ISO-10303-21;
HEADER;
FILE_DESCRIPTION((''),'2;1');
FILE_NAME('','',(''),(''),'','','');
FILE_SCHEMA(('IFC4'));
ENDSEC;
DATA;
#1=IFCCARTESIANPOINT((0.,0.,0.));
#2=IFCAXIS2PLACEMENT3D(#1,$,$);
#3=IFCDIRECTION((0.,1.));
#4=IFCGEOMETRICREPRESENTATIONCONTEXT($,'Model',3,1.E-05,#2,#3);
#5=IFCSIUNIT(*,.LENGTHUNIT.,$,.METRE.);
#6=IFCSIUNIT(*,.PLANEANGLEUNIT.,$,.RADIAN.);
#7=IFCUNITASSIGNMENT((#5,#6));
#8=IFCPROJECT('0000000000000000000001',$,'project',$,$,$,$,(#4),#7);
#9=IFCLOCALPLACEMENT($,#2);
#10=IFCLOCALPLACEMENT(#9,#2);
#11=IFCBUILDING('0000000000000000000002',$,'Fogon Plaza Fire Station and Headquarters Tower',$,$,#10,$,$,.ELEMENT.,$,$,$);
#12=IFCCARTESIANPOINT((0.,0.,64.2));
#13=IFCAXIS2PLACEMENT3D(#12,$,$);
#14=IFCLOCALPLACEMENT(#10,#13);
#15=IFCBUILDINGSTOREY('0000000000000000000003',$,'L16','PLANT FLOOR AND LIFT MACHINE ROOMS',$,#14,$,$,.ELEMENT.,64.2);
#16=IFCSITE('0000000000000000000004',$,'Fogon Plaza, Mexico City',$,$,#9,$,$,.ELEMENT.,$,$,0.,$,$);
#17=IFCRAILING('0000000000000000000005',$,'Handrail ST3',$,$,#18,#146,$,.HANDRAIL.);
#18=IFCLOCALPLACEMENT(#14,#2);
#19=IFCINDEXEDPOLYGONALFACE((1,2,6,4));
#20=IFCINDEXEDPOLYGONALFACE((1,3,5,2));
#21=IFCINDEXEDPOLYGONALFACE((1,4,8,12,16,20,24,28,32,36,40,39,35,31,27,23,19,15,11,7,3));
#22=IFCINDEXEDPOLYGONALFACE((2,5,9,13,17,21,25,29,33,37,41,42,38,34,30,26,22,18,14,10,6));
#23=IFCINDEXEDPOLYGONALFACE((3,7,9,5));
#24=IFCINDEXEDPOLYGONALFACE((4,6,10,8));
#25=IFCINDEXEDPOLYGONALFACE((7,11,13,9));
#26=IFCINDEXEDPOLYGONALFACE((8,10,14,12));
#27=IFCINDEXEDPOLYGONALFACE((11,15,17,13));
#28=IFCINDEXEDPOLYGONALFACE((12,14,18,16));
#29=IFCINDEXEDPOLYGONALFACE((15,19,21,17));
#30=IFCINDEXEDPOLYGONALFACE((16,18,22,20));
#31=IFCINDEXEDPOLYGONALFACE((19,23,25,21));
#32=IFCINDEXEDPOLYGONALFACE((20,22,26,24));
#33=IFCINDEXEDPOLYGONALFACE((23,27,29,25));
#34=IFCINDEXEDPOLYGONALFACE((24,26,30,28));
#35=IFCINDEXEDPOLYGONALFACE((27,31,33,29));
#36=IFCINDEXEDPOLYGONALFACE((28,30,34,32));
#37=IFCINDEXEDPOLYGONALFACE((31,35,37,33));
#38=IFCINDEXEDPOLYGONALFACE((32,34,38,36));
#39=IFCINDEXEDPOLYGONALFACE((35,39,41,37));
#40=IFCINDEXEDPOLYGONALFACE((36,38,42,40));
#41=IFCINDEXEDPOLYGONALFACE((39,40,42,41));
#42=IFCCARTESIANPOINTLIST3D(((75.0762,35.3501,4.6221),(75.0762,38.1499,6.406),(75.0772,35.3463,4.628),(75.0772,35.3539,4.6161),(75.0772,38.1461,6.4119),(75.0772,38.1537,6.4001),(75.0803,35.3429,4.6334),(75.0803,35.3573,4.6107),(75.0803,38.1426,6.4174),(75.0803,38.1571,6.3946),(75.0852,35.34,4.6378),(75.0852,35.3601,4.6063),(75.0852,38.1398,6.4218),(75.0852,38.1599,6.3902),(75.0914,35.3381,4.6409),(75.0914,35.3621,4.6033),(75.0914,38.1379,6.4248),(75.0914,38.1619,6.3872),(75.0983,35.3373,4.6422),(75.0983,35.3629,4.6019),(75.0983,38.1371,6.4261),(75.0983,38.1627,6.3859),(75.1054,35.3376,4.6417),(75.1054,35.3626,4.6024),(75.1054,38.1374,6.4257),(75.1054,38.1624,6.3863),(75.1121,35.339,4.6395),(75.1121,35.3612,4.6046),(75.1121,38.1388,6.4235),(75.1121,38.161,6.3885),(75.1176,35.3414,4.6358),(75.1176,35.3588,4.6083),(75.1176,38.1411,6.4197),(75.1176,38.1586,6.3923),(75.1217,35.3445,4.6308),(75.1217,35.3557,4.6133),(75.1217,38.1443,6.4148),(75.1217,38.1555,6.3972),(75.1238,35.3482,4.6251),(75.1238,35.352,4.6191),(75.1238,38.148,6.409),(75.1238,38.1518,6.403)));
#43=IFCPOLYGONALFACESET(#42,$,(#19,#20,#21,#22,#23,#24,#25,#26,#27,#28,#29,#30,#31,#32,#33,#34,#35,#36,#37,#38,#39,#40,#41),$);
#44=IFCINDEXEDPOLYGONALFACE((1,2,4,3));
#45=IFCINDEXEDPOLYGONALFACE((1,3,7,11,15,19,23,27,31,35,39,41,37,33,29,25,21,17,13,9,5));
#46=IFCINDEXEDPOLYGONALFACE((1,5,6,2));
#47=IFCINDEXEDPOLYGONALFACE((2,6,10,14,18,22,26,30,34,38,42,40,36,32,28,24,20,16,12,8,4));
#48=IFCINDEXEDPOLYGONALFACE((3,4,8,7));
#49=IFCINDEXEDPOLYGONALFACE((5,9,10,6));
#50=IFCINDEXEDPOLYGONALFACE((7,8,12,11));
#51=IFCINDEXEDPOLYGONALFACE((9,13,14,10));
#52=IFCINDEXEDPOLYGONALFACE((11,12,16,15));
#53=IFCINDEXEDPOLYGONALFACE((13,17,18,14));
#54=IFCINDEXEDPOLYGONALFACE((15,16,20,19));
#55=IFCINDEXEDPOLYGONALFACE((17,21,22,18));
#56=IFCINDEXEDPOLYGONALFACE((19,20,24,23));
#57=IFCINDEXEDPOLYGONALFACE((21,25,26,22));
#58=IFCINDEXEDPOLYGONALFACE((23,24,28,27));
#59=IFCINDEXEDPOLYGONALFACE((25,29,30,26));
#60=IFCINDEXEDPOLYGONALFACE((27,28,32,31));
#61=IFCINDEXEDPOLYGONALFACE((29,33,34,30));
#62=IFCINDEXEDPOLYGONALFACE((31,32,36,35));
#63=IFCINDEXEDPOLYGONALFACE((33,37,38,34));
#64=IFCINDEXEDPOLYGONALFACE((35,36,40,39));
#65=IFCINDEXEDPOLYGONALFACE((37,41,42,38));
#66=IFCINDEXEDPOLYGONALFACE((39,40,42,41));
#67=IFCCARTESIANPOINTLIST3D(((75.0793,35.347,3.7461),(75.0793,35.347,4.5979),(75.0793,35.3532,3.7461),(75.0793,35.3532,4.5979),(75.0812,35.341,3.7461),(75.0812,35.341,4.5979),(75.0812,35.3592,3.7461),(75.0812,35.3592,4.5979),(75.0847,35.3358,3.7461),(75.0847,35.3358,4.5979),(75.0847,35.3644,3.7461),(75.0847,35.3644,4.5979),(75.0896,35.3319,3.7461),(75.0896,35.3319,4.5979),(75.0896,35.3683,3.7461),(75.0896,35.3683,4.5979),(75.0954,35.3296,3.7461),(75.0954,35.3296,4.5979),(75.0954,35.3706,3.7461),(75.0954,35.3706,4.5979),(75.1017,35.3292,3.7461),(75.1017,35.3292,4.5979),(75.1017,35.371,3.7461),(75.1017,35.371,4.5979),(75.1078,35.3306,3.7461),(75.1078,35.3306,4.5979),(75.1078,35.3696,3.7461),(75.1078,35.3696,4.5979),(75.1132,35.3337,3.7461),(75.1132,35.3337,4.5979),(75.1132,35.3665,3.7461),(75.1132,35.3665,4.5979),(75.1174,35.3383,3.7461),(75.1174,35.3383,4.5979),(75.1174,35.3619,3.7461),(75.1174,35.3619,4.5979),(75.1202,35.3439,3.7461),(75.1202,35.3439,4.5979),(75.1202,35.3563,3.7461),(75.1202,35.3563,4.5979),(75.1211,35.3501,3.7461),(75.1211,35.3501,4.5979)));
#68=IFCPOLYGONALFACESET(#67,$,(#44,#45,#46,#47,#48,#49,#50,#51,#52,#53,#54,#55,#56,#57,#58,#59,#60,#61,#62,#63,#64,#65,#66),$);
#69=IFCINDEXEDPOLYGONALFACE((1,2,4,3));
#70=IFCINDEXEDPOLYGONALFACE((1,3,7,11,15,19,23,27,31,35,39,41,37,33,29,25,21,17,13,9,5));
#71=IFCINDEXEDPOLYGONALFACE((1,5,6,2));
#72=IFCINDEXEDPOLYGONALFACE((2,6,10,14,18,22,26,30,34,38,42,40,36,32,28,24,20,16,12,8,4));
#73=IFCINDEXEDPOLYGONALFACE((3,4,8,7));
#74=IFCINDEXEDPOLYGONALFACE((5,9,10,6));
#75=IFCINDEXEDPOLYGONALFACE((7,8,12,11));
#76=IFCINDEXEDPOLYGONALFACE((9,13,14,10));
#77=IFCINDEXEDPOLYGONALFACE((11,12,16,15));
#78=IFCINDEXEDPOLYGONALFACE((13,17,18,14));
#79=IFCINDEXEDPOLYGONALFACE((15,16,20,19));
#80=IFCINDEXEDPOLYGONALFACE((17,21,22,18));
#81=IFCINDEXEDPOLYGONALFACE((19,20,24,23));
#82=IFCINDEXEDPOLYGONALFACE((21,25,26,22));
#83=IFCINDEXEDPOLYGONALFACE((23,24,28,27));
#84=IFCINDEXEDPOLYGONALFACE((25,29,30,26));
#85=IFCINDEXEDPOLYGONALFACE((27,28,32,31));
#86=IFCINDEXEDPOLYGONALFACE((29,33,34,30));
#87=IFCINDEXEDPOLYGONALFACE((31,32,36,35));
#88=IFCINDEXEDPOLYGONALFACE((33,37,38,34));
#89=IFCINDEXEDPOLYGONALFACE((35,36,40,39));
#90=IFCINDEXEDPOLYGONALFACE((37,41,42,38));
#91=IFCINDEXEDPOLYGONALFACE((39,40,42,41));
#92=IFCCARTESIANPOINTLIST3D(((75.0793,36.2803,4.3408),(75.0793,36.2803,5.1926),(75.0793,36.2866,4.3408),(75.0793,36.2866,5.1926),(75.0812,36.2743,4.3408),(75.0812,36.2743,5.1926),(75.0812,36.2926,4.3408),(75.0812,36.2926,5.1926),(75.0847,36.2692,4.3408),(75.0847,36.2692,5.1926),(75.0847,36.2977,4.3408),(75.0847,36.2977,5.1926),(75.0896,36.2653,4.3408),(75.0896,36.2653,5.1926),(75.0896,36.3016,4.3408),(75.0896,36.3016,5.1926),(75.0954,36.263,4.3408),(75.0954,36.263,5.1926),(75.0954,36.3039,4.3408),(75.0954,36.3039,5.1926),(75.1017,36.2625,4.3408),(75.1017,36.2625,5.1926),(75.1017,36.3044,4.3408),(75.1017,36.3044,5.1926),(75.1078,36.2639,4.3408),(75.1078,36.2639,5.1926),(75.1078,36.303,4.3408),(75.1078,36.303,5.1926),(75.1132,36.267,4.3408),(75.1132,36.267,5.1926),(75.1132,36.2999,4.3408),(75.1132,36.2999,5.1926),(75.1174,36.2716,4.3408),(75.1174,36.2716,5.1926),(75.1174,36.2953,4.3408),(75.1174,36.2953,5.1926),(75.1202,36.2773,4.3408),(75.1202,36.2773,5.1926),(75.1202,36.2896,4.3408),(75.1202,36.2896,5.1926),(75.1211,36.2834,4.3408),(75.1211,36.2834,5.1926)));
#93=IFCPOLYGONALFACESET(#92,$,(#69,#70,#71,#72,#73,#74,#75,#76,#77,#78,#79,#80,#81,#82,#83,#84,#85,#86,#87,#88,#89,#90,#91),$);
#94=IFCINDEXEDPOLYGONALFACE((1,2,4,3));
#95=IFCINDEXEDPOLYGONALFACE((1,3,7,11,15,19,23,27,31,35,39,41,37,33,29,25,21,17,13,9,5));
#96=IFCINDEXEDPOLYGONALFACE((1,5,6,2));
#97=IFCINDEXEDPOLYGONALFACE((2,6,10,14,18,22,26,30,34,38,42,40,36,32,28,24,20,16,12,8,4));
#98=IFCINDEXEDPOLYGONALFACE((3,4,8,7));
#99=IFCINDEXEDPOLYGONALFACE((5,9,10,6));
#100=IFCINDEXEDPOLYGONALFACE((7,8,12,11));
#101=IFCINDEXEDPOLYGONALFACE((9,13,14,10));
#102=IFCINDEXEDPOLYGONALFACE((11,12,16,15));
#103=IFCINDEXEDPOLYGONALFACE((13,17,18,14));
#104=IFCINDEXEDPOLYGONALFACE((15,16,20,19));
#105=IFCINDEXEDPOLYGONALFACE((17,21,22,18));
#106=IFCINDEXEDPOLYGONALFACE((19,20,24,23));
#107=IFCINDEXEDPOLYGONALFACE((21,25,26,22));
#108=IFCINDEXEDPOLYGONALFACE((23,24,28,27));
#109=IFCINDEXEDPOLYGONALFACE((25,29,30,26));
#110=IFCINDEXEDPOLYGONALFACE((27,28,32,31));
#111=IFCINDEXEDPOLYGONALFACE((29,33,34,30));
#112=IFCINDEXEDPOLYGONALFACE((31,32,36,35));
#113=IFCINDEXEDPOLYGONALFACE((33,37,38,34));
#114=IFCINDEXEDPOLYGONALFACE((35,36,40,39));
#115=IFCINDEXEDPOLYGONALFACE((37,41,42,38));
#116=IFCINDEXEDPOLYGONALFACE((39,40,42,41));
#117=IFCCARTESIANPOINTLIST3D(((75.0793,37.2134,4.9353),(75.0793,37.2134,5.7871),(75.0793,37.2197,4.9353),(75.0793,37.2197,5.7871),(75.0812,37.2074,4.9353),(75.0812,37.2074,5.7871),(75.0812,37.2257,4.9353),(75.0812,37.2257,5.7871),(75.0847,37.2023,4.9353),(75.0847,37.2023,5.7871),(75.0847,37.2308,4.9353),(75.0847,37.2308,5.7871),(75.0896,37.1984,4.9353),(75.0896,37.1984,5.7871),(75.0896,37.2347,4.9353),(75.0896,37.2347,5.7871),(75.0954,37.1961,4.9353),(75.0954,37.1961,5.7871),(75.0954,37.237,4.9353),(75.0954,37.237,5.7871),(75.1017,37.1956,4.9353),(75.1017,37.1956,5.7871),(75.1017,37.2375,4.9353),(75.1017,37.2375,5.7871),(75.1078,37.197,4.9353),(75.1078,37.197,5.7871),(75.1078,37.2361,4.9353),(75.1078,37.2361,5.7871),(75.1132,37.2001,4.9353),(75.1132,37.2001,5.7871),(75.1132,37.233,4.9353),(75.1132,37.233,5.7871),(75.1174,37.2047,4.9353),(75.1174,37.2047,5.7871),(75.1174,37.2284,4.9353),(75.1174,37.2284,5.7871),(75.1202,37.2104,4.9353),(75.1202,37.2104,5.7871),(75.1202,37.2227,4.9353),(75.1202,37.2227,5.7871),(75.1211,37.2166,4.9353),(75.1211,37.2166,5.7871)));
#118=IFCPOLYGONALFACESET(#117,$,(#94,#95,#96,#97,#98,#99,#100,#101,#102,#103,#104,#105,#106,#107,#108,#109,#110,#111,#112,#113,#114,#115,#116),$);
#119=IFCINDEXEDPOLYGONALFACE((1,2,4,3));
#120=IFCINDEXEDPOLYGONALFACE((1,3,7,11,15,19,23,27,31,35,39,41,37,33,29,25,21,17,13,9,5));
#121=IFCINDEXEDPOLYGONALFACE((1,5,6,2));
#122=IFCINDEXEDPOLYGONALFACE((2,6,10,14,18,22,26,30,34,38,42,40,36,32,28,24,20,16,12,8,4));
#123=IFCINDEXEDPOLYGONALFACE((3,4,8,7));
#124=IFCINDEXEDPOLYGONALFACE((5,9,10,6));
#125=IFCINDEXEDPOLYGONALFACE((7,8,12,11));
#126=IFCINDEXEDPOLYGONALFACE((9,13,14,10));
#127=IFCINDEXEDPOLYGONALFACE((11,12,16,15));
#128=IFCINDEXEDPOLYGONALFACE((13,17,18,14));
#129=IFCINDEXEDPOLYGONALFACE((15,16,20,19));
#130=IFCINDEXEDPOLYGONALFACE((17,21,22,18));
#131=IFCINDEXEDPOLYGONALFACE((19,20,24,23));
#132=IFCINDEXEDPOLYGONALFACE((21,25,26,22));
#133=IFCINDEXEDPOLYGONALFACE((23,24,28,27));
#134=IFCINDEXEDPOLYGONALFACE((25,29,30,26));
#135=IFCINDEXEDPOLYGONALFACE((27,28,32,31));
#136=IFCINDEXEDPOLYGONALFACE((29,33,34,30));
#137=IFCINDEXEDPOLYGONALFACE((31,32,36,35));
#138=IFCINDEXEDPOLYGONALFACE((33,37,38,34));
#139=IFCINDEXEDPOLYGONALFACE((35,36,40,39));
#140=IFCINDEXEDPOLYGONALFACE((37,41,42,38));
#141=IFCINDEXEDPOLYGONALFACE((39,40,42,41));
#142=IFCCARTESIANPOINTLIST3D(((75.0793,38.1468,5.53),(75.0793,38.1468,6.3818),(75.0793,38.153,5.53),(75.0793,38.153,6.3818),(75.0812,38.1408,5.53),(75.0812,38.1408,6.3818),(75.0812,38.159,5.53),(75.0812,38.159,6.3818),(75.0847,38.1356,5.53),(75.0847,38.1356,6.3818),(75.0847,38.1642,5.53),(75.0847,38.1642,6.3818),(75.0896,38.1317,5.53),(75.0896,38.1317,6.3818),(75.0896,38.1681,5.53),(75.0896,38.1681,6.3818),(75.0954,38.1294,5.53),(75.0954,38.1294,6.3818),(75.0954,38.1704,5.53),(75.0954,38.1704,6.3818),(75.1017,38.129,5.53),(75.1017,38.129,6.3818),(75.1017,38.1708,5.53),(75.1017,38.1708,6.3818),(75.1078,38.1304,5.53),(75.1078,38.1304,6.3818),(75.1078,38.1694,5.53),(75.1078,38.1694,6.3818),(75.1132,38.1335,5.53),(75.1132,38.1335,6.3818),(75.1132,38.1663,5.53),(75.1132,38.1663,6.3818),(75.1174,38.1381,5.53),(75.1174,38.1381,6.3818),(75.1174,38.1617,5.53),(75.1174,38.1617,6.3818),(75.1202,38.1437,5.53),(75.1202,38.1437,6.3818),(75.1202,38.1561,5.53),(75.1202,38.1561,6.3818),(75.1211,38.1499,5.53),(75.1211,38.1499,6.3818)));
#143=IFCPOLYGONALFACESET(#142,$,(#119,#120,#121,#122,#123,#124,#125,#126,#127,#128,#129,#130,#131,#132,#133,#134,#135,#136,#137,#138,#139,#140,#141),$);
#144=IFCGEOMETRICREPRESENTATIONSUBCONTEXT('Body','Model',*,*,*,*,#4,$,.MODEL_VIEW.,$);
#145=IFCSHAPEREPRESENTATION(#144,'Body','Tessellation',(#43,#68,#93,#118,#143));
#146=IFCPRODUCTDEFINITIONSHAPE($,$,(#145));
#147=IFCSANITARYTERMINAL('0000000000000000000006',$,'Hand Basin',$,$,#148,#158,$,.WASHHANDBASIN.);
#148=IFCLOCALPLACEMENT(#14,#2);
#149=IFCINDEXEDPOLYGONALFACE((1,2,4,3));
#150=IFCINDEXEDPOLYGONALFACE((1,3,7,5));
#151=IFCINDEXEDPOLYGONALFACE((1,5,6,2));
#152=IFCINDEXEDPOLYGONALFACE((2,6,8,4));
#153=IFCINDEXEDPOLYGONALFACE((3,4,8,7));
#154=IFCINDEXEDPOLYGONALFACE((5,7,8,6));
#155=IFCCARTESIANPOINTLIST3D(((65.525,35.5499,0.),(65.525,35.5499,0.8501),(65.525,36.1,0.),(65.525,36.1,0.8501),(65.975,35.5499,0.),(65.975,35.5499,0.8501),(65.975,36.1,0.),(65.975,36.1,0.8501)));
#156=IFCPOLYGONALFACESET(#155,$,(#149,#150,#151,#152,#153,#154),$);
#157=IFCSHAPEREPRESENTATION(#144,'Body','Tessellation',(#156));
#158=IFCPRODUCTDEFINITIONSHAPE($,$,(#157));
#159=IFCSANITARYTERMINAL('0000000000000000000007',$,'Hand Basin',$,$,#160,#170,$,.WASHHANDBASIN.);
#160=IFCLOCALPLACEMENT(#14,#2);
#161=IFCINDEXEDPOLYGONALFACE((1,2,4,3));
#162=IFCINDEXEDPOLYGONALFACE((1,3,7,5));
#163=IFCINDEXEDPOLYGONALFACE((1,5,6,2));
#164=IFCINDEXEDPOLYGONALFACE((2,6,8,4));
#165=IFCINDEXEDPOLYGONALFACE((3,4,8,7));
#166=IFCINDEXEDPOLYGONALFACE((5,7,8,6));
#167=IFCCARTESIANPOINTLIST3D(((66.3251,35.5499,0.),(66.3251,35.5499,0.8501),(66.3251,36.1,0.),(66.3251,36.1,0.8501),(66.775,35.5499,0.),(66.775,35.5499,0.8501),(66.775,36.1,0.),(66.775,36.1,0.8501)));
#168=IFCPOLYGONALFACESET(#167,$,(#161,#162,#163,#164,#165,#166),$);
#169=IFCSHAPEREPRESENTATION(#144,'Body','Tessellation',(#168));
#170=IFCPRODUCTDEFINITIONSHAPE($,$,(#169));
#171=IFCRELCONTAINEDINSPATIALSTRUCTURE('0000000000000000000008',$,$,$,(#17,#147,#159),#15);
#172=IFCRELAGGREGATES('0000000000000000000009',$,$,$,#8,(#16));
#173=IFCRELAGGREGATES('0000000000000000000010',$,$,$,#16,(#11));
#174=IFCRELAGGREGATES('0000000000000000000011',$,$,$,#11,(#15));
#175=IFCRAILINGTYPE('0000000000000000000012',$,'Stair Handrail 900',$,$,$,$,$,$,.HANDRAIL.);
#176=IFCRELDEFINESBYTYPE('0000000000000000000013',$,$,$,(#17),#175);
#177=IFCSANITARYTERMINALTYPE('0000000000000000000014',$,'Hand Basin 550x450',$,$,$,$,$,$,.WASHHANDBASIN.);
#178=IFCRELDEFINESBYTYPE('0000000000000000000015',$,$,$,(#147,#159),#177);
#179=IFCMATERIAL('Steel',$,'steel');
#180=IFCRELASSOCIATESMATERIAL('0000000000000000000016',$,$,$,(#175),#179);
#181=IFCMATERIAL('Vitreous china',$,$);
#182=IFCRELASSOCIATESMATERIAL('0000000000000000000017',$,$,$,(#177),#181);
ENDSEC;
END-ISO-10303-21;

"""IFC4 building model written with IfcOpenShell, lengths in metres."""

from ifc_helpers import new_model, si_unit, direction, frame, origin, origin_2d, place, context, subcontext, project, spatial, rectangle, circle, extrude, material, type_object, element, save


model = new_model("IFC4")

# Units and contexts
model_context = context("Model", 3, precision=1e-05, world=origin(), true_north=direction((0.0, 1.0)))
body_context = subcontext(model_context, "Body", "Model", "MODEL_VIEW")
ifc_project = project(units=[si_unit("LENGTHUNIT", "METRE"), si_unit("PLANEANGLEUNIT", "RADIAN")], contexts=[model_context])

# Site, building, storey
site_placement = place(None, origin())
site = spatial("IfcSite", under=ifc_project, at=site_placement, Name="Fogon Plaza, Mexico City", CompositionType="ELEMENT", RefElevation=0.0)
building_placement = place(site_placement, origin())
building = spatial("IfcBuilding", under=site, at=building_placement, Name="Fogon Plaza Fire Station and Headquarters Tower", CompositionType="ELEMENT")
storey_placement = place(building_placement, frame((0.0, 0.0, 64.2)))
storey = spatial("IfcBuildingStorey", under=building, at=storey_placement, Name="L16", Description="PLANT FLOOR AND LIFT MACHINE ROOMS", CompositionType="ELEMENT", Elevation=64.2)

# Railing
ifc_material_1 = material(Name="Steel", Category="steel")
railing_type = type_object("IfcRailingType", Name="Stair Handrail 900", PredefinedType="HANDRAIL", material=ifc_material_1)
for number, where, name in (
    (1, (75.1001, 35.3501, 3.7461), "Handrail ST3"),
):
    element("IfcRailing", number, at=place(storey_placement, frame(where)), inside=storey, type_object=railing_type, Name=name, PredefinedType="HANDRAIL", context=body_context, shape_type="SweptSolid", body=[
        extrude(circle(Radius=0.0239, at=origin_2d()), frame((0.0, 0.0, 0.876), z_axis=(0.0, 0.843356, 0.537356), x_axis=(-1.0, 0.0, 0.0)), (0.0, 0.0, 1.0), 3.3198),
        extrude(circle(Radius=0.021, at=origin_2d()), origin(), (0.0, 0.0, 1.0), 0.8518),
        extrude(circle(Radius=0.021, at=origin_2d()), frame((0.0, 0.9333, 0.5947)), (0.0, 0.0, 1.0), 0.8518),
        extrude(circle(Radius=0.021, at=origin_2d()), frame((0.0, 1.8665, 1.1892)), (0.0, 0.0, 1.0), 0.8518),
        extrude(circle(Radius=0.021, at=origin_2d()), frame((0.0, 2.7998, 1.7839)), (0.0, 0.0, 1.0), 0.8518),
    ])

# Sanitary terminals
ifc_material_2 = material(Name="Vitreous china")
sanitary_terminal_type = type_object("IfcSanitaryTerminalType", Name="Hand Basin 550x450", PredefinedType="WASHHANDBASIN", material=ifc_material_2)
for number, where, z_axis, x_axis, name in (
    (2, (65.75, 35.825, 0.0), (0.0, 0.0, 1.0), (1.0, 0.0, 0.0), "Hand Basin"),
    (3, (66.55, 35.825, 0.0), (0.0, 0.0, 1.0), (1.0, 0.0, 0.0), "Hand Basin"),
):
    element("IfcSanitaryTerminal", number, at=place(storey_placement, frame(where, z_axis=z_axis, x_axis=x_axis)), inside=storey, type_object=sanitary_terminal_type, Name=name, PredefinedType="WASHHANDBASIN", context=body_context, shape_type="SweptSolid", body=[
        extrude(rectangle(XDim=0.45, YDim=0.55, at=origin_2d()), origin(), (0.0, 0.0, 1.0), 0.8501),
    ])

save(model, "model.ifc")
